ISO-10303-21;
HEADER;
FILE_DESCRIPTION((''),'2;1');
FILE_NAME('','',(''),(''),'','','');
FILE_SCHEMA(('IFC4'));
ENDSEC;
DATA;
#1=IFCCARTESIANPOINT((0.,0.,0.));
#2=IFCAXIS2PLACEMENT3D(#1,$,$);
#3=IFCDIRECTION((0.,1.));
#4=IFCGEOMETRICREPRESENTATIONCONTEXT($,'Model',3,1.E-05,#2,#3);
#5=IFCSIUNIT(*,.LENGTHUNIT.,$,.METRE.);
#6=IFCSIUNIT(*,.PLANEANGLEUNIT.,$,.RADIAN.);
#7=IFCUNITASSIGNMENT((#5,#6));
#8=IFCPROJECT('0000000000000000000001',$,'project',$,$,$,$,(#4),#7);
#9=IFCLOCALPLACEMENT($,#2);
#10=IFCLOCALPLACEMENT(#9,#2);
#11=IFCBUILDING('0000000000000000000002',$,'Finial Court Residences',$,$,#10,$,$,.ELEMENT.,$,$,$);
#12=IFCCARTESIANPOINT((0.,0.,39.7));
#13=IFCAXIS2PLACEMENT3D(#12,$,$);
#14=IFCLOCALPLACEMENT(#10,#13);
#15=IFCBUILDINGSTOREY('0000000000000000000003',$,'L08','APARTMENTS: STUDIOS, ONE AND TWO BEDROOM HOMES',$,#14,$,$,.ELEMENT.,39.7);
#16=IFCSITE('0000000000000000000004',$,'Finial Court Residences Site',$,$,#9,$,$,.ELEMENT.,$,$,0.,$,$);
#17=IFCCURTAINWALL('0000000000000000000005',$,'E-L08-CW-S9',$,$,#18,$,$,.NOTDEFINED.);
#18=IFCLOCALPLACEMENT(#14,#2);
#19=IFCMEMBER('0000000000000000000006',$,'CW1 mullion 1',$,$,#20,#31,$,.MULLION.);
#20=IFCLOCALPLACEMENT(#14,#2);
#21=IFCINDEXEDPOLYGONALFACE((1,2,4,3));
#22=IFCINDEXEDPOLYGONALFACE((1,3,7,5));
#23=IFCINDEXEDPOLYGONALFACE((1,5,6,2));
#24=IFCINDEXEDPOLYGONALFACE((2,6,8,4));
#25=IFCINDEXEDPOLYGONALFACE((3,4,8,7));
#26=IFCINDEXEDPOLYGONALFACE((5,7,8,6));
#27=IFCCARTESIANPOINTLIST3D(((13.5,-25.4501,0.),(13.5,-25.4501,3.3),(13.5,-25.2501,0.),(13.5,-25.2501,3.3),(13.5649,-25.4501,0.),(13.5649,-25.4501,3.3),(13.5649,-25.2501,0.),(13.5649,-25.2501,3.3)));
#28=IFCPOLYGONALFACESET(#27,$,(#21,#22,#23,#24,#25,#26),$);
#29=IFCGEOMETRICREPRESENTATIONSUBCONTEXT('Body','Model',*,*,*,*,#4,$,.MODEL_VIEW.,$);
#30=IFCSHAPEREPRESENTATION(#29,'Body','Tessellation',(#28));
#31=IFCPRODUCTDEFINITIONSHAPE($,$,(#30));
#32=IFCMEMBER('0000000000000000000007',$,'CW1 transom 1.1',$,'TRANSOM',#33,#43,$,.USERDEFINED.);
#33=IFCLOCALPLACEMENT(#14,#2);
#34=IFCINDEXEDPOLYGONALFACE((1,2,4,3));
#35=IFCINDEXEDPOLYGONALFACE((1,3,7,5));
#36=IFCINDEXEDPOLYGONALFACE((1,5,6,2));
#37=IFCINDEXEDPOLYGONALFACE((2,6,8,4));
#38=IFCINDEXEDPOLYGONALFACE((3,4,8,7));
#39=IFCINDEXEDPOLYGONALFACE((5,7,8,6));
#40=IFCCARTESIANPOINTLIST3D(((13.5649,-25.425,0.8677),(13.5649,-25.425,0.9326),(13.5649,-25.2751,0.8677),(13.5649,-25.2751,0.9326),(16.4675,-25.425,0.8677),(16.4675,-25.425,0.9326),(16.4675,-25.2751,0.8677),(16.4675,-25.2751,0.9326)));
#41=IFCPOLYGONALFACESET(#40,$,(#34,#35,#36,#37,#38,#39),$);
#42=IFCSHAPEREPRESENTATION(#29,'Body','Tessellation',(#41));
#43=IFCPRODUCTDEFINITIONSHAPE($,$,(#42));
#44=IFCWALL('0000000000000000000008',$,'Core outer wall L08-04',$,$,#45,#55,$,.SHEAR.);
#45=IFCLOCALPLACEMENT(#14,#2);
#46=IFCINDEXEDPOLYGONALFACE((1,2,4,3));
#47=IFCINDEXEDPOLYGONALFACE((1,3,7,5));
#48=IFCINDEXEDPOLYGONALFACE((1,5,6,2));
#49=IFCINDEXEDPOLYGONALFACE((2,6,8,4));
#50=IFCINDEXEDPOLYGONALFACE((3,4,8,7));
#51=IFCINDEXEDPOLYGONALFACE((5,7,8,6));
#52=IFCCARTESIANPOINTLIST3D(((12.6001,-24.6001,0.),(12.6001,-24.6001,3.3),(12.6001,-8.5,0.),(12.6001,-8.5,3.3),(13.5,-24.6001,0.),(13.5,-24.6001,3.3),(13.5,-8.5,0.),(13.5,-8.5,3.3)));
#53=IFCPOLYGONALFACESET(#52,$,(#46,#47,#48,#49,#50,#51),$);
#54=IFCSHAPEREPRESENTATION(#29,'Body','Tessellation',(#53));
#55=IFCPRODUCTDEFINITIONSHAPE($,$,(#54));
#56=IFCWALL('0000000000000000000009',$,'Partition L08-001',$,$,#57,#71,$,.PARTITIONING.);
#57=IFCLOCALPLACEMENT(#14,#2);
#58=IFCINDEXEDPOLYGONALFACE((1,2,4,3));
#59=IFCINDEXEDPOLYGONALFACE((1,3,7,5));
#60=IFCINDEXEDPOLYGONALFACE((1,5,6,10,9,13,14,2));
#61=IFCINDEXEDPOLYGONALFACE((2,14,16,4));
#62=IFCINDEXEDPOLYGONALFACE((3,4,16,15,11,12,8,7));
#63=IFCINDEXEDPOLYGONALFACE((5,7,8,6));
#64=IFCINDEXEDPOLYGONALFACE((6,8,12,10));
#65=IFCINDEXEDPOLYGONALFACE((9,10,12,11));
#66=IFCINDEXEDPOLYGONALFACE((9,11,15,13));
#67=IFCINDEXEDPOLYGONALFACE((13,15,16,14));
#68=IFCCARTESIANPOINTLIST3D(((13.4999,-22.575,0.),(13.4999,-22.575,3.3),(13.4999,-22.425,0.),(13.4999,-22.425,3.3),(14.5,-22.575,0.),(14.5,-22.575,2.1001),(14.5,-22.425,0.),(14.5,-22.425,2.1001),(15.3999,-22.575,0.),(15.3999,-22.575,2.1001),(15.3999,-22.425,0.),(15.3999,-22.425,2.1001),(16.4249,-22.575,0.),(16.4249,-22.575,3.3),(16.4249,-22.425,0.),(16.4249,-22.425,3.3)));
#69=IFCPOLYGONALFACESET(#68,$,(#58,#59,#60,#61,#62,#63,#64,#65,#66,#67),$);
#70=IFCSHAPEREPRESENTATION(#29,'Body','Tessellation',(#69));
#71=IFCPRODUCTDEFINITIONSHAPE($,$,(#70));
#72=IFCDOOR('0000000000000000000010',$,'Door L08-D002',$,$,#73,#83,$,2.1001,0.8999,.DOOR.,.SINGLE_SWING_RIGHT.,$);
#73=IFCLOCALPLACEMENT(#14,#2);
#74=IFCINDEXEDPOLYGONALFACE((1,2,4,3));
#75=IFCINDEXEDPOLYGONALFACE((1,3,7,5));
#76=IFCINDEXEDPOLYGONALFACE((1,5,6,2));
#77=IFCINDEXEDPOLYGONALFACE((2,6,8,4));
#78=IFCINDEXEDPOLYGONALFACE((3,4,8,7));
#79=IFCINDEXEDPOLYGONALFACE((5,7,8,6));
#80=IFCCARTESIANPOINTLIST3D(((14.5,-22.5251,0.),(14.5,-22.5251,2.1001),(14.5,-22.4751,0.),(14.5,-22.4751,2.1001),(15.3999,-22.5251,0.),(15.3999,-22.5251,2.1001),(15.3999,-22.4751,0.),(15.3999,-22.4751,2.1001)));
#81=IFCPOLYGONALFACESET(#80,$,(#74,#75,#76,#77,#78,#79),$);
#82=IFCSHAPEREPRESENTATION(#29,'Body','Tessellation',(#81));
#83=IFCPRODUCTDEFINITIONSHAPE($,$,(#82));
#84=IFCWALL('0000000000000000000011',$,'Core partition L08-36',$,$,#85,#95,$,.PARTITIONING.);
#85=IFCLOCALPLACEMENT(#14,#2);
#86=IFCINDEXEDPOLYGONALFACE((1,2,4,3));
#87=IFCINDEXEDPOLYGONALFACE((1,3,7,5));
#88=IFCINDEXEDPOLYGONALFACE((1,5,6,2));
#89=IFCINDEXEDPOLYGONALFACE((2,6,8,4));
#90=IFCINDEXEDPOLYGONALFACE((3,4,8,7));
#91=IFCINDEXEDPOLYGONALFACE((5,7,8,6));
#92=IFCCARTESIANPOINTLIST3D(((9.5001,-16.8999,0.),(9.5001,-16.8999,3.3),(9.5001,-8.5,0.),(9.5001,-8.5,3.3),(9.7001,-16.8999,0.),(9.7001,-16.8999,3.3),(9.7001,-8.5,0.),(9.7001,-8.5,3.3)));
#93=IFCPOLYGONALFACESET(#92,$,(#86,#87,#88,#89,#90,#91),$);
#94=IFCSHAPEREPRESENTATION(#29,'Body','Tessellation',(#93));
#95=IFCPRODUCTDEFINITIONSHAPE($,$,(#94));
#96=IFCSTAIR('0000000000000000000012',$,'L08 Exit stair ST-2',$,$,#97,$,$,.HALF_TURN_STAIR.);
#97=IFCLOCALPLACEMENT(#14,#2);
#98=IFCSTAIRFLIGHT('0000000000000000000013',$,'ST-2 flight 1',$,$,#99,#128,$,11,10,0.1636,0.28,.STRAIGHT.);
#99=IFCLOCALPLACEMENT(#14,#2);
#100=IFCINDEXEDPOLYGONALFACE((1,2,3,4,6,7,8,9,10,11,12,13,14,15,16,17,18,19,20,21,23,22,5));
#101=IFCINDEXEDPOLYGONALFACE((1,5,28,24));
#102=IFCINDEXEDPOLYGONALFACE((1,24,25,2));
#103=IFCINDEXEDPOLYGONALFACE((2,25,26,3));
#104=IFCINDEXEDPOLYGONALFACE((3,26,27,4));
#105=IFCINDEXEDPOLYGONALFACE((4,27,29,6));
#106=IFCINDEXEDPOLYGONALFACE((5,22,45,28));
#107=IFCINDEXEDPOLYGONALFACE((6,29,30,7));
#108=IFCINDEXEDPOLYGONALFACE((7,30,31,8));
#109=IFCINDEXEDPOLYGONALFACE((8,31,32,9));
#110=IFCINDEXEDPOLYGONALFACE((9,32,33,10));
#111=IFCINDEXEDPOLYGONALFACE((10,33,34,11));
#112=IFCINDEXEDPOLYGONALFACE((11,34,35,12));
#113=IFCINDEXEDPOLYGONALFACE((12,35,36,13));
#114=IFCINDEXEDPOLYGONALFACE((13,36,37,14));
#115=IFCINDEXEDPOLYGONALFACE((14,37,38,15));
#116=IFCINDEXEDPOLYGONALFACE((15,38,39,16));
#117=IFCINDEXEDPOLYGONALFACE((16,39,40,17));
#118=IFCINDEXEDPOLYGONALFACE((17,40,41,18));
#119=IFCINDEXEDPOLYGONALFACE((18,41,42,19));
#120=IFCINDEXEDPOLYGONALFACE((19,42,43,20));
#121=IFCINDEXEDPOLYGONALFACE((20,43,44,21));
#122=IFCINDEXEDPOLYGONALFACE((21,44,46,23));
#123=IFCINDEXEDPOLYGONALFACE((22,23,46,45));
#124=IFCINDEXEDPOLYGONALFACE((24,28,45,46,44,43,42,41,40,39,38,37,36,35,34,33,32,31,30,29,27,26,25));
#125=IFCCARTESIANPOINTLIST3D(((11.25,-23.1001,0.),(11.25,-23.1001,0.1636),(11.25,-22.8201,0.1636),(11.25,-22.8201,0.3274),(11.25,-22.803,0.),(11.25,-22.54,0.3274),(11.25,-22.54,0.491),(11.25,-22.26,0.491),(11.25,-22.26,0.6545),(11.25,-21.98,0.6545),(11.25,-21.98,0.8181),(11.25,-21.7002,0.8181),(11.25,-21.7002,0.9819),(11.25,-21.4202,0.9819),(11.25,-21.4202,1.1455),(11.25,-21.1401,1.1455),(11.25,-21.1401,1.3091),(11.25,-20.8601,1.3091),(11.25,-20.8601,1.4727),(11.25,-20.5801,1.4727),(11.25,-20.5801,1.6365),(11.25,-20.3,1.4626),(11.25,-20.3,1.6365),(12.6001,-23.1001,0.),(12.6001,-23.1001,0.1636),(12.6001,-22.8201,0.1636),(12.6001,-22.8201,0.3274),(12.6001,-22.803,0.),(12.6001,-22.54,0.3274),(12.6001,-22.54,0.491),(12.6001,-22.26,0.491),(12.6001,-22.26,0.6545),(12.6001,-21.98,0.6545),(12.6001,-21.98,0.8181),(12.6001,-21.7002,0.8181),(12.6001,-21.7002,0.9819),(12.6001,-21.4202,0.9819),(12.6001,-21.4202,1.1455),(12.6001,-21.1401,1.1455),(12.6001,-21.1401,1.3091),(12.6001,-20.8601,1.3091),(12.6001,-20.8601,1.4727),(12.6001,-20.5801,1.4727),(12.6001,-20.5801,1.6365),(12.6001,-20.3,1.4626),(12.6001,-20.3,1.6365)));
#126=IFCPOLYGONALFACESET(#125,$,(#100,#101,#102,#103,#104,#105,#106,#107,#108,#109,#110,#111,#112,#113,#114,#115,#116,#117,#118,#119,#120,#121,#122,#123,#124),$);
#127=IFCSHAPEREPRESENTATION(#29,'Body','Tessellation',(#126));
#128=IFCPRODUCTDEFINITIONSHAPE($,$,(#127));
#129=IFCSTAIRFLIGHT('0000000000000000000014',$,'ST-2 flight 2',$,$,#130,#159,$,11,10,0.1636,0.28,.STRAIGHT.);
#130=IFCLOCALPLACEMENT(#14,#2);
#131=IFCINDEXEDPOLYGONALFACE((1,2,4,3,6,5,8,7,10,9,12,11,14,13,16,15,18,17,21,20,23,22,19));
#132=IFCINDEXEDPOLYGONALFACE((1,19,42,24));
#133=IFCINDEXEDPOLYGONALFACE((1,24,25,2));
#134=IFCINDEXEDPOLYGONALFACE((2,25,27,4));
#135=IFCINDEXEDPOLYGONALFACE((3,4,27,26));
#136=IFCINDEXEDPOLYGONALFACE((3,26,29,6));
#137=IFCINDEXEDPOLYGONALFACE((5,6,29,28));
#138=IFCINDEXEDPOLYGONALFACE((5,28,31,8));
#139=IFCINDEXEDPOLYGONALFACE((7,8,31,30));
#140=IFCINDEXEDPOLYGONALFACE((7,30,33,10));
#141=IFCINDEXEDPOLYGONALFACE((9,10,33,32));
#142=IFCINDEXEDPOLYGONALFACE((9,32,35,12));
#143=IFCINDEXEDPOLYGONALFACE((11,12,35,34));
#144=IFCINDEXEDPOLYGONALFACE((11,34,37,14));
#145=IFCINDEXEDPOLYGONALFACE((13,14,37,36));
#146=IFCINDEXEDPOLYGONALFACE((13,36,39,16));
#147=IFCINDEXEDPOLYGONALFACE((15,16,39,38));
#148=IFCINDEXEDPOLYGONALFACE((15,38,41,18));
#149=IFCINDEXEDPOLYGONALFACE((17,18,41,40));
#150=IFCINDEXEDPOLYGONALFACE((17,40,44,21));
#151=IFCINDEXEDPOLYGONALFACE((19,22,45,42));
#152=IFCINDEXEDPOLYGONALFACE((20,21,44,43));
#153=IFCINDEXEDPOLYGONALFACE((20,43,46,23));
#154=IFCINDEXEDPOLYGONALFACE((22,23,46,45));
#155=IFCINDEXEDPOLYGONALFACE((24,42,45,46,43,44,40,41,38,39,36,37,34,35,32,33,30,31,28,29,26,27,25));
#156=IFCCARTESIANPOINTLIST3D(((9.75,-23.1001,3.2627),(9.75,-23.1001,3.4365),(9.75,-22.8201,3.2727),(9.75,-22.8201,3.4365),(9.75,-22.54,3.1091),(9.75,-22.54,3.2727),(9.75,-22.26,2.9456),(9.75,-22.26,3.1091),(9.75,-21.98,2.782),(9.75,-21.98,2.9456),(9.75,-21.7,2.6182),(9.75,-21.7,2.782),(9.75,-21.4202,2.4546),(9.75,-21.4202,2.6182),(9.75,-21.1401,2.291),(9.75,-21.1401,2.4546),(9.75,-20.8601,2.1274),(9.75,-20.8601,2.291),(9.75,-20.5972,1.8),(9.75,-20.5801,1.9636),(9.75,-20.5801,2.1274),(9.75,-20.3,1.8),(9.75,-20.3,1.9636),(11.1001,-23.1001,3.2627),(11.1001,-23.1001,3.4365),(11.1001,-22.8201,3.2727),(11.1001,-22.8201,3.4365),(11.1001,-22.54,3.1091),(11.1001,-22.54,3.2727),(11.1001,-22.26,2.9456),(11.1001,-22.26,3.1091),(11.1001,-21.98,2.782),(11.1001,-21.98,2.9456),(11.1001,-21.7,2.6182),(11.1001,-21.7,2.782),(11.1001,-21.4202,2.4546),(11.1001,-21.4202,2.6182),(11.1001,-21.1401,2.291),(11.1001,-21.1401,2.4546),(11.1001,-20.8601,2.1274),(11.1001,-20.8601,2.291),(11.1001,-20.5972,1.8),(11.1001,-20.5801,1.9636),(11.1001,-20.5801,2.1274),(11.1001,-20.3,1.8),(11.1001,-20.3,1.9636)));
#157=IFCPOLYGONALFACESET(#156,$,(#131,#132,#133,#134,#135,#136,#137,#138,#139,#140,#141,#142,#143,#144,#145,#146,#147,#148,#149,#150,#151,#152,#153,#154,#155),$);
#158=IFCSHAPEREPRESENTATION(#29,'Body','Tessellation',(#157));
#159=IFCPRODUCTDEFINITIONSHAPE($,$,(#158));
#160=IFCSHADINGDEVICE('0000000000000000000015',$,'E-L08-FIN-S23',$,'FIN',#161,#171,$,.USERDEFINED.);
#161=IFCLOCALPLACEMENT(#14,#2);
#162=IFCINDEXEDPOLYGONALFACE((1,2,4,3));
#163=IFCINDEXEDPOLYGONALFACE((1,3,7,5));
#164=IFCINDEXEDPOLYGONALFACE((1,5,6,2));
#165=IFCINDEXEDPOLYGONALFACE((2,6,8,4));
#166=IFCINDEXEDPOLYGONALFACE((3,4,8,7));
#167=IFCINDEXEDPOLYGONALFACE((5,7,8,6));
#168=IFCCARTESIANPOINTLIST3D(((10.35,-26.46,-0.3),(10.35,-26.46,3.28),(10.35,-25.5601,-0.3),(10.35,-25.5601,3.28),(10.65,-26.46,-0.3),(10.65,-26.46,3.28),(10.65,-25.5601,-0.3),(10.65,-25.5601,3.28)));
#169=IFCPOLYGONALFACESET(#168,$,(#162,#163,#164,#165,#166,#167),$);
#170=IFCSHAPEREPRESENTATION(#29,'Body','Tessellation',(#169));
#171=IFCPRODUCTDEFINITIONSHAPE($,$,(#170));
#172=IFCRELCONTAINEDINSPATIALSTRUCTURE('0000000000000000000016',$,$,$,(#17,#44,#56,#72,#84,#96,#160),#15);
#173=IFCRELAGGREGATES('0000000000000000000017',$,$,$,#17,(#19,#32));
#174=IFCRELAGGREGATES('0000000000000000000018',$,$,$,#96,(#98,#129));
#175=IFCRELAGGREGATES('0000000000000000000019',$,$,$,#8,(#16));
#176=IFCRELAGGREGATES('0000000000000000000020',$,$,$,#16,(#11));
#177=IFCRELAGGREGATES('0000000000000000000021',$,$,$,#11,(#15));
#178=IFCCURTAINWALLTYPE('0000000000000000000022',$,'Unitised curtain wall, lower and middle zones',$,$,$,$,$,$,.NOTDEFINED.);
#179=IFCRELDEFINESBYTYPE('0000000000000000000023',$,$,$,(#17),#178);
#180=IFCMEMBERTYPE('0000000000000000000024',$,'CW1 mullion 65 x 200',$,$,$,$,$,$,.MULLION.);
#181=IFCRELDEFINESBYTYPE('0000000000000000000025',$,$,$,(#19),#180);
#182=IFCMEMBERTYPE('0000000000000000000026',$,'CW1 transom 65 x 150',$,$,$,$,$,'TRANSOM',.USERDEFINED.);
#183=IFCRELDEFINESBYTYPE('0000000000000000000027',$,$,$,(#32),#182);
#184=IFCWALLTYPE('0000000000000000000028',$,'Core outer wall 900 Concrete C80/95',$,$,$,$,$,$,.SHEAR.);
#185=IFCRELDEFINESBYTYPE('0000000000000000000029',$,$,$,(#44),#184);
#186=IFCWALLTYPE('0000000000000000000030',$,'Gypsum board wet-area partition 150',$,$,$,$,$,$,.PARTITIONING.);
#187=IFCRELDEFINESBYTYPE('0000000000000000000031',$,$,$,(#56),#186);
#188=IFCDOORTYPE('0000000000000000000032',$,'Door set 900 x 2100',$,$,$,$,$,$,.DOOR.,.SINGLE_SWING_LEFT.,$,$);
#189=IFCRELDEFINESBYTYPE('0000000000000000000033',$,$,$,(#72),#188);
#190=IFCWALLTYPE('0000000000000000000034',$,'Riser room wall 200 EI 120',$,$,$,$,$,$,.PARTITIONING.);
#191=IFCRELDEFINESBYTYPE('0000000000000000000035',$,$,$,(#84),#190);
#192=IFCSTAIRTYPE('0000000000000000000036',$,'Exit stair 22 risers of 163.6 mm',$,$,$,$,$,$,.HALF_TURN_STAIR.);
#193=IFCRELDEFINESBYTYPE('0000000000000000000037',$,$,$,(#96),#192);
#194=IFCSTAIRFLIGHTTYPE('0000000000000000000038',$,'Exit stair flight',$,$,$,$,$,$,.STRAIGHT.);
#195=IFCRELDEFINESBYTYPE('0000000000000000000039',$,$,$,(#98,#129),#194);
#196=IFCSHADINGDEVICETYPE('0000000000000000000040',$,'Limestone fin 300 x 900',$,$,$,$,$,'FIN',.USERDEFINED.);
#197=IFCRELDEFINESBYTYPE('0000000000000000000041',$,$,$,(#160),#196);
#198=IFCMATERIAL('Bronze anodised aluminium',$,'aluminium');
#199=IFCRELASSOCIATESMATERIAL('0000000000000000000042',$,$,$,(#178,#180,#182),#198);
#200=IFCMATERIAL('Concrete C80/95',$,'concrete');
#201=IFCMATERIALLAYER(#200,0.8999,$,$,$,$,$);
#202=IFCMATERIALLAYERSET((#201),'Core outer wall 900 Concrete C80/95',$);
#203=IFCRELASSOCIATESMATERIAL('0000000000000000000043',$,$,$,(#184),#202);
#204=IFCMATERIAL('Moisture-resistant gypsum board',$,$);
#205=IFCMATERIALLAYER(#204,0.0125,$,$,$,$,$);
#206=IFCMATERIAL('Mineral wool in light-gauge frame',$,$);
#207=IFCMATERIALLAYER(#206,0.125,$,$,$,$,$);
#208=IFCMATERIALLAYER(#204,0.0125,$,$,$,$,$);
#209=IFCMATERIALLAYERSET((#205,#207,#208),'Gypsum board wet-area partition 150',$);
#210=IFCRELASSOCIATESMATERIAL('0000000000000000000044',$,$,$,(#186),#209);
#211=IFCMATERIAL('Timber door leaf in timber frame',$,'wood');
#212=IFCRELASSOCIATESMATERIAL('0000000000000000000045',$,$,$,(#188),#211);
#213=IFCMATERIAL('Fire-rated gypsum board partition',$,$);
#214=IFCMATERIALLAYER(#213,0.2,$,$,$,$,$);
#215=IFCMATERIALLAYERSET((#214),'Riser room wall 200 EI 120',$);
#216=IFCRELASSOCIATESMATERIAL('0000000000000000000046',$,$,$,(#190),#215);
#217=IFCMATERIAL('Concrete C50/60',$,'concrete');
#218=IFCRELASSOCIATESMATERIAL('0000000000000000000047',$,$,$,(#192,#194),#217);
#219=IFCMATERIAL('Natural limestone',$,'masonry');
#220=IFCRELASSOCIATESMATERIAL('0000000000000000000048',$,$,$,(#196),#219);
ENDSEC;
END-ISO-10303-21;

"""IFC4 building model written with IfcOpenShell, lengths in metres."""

from ifc_helpers import new_model, si_unit, direction, frame, frame_2d, origin, origin_2d, place, context, subcontext, project, spatial, polyline, rectangle, outline, extrude, material, layer, layer_set, material_profile, profile_set, type_object, element, fill, aggregate, save


model = new_model("IFC4")

# Units and contexts
model_context = context("Model", 3, precision=1e-05, world=origin(), true_north=direction((0.0, 1.0)))
body_context = subcontext(model_context, "Body", "Model", "MODEL_VIEW")
ifc_project = project(units=[si_unit("LENGTHUNIT", "METRE"), si_unit("PLANEANGLEUNIT", "RADIAN")], contexts=[model_context])

# Site, building, storey
site_placement = place(None, origin())
site = spatial("IfcSite", under=ifc_project, at=site_placement, Name="Finial Court Residences Site", CompositionType="ELEMENT", RefElevation=0.0)
building_placement = place(site_placement, origin())
building = spatial("IfcBuilding", under=site, at=building_placement, Name="Finial Court Residences", CompositionType="ELEMENT")
storey_placement = place(building_placement, frame((0.0, 0.0, 39.7)))
storey = spatial("IfcBuildingStorey", under=building, at=storey_placement, Name="L08", Description="APARTMENTS: STUDIOS, ONE AND TWO BEDROOM HOMES", CompositionType="ELEMENT", Elevation=39.7)

# Curtain wall, members
ifc_material_1 = material(Name="Bronze anodised aluminium", Category="aluminium")
curtain_wall_type = type_object("IfcCurtainWallType", Name="Unitised curtain wall, lower and middle zones", PredefinedType="NOTDEFINED", material=ifc_material_1)
curtain_wall_placement = place(storey_placement, origin())
curtain_wall = element("IfcCurtainWall", 1, at=curtain_wall_placement, inside=storey, type_object=curtain_wall_type, Name="E-L08-CW-S9", PredefinedType="NOTDEFINED")
ifc_material_profile_1 = material_profile(ifc_material_1, rectangle(XDim=0.2, YDim=0.0649, at=origin_2d()), Name="CW1 mullion 65 x 200")
ifc_profile_set_1 = profile_set([ifc_material_profile_1], Name="Bronze anodised aluminium")
member_type_1 = type_object("IfcMemberType", Name="CW1 mullion 65 x 200", PredefinedType="MULLION", material=ifc_profile_set_1)
member_1_placement = place(storey_placement, frame((13.5325, -25.3501, 0.0), z_axis=(0.0, 0.0, 1.0), x_axis=(0.0, 1.0, 0.0)))
member_1 = element("IfcMember", 2, at=member_1_placement, type_object=member_type_1, Name="CW1 mullion 1", PredefinedType="MULLION", context=body_context, shape_type="SweptSolid", body=[
    extrude(rectangle(XDim=0.2, YDim=0.0649, at=origin_2d()), origin(), (0.0, 0.0, 1.0), 3.3),
])
ifc_material_profile_2 = material_profile(ifc_material_1, rectangle(XDim=0.1499, YDim=0.0649, at=origin_2d()), Name="CW1 transom 65 x 150")
ifc_profile_set_2 = profile_set([ifc_material_profile_2], Name="Bronze anodised aluminium")
member_type_2 = type_object("IfcMemberType", Name="CW1 transom 65 x 150", ElementType="TRANSOM", PredefinedType="USERDEFINED", material=ifc_profile_set_2)
member_2_placement = place(storey_placement, frame((13.5649, -25.3501, 0.9001), z_axis=(1.0, 0.0, 0.0), x_axis=(0.0, 1.0, 0.0)))
member_2 = element("IfcMember", 3, at=member_2_placement, type_object=member_type_2, Name="CW1 transom 1.1", ObjectType="TRANSOM", PredefinedType="USERDEFINED", context=body_context, shape_type="SweptSolid", body=[
    extrude(rectangle(XDim=0.1499, YDim=0.0649, at=origin_2d()), origin(), (0.0, 0.0, 1.0), 2.9026),
])
aggregate(curtain_wall, [member_1, member_2])

# Wall
ifc_material_2 = material(Name="Concrete C80/95", Category="concrete")
ifc_layer_1 = layer(ifc_material_2, 0.8999)
ifc_layer_set_1 = layer_set([ifc_layer_1], Name="Core outer wall 900 Concrete C80/95")
wall_type_1 = type_object("IfcWallType", Name="Core outer wall 900 Concrete C80/95", PredefinedType="SHEAR", material=ifc_layer_set_1)
wall_1_placement = place(storey_placement, frame((13.05, -24.6001, 0.0), z_axis=(0.0, 0.0, 1.0), x_axis=(0.0, 1.0, 0.0)))
element("IfcWall", 4, at=wall_1_placement, inside=storey, type_object=wall_type_1, Name="Core outer wall L08-04", PredefinedType="SHEAR", context=body_context, shape_type="SweptSolid", body=[
    extrude(rectangle(XDim=16.1001, YDim=0.8999, at=frame_2d((8.05, 0.0))), origin(), (0.0, 0.0, 1.0), 3.3),
])

# Wall, opening, door
ifc_material_3 = material(Name="Moisture-resistant gypsum board")
ifc_layer_2 = layer(ifc_material_3, 0.0125)
ifc_material_4 = material(Name="Mineral wool in light-gauge frame")
ifc_layer_3 = layer(ifc_material_4, 0.125)
ifc_layer_4 = layer(ifc_material_3, 0.0125)
ifc_layer_set_2 = layer_set([ifc_layer_2, ifc_layer_3, ifc_layer_4], Name="Gypsum board wet-area partition 150")
wall_type_2 = type_object("IfcWallType", Name="Gypsum board wet-area partition 150", PredefinedType="PARTITIONING", material=ifc_layer_set_2)
wall_2_placement = place(storey_placement, frame((13.5, -22.5, 0.0), z_axis=(0.0, 0.0, 1.0), x_axis=(1.0, 0.0, 0.0)))
wall_2 = element("IfcWall", 5, at=wall_2_placement, inside=storey, type_object=wall_type_2, Name="Partition L08-001", PredefinedType="PARTITIONING", context=body_context, shape_type="SweptSolid", body=[
    extrude(rectangle(XDim=2.925, YDim=0.1499, at=frame_2d((1.4624, 0.0))), origin(), (0.0, 0.0, 1.0), 3.3),
])
opening_placement = place(wall_2_placement, frame((1.0, 0.0, 0.0)))
opening = element("IfcOpeningElement", 6, at=opening_placement, cuts=wall_2, PredefinedType="OPENING", context=body_context, shape_type="SweptSolid", body=[
    extrude(rectangle(XDim=0.8999, YDim=2.1001, at=frame_2d((0.45, 1.05))), frame((0.0, 0.085, 0.0), z_axis=(0.0, -1.0, 0.0), x_axis=(1.0, 0.0, 0.0)), (0.0, 0.0, 1.0), 0.1699),
])
ifc_material_5 = material(Name="Timber door leaf in timber frame", Category="wood")
door_type = type_object("IfcDoorType", Name="Door set 900 x 2100", OperationType="SINGLE_SWING_LEFT", PredefinedType="DOOR", material=ifc_material_5)
door_placement = place(opening_placement, origin())
door = element("IfcDoor", 7, at=door_placement, inside=storey, type_object=door_type, Name="Door L08-D002", OperationType="SINGLE_SWING_RIGHT", OverallHeight=2.1001, OverallWidth=0.8999, PredefinedType="DOOR", context=body_context, shape_type="SweptSolid", body=[
    extrude(rectangle(XDim=0.8999, YDim=2.1001, at=frame_2d((0.45, 1.05))), frame((0.0, 0.0249, 0.0), z_axis=(0.0, -1.0, 0.0), x_axis=(1.0, 0.0, 0.0)), (0.0, 0.0, 1.0), 0.05),
])
fill(opening, door)

# Wall
ifc_material_6 = material(Name="Fire-rated gypsum board partition")
ifc_layer_5 = layer(ifc_material_6, 0.2)
ifc_layer_set_3 = layer_set([ifc_layer_5], Name="Riser room wall 200 EI 120")
wall_type_3 = type_object("IfcWallType", Name="Riser room wall 200 EI 120", PredefinedType="PARTITIONING", material=ifc_layer_set_3)
wall_3_placement = place(storey_placement, frame((9.6001, -16.8999, 0.0), z_axis=(0.0, 0.0, 1.0), x_axis=(0.0, 1.0, 0.0)))
element("IfcWall", 8, at=wall_3_placement, inside=storey, type_object=wall_type_3, Name="Core partition L08-36", PredefinedType="PARTITIONING", context=body_context, shape_type="SweptSolid", body=[
    extrude(rectangle(XDim=8.3999, YDim=0.2, at=frame_2d((4.2, 0.0))), origin(), (0.0, 0.0, 1.0), 3.3),
])

# Stair, stair flights
ifc_material_7 = material(Name="Concrete C50/60", Category="concrete")
stair_type = type_object("IfcStairType", Name="Exit stair 22 risers of 163.6 mm", PredefinedType="HALF_TURN_STAIR", material=ifc_material_7)
stair_placement = place(storey_placement, origin())
stair = element("IfcStair", 9, at=stair_placement, inside=storey, type_object=stair_type, Name="L08 Exit stair ST-2", PredefinedType="HALF_TURN_STAIR")
stair_flight_type = type_object("IfcStairFlightType", Name="Exit stair flight", PredefinedType="STRAIGHT", material=ifc_material_7)
stair_flight_1_placement = place(storey_placement, frame((11.925, -23.1001, 0.0), z_axis=(0.0, 0.0, 1.0), x_axis=(0.0, 1.0, 0.0)))
stair_flight_1 = element("IfcStairFlight", 10, at=stair_flight_1_placement, type_object=stair_flight_type, Name="ST-2 flight 1", NumberOfRisers=11, NumberOfTreads=10, PredefinedType="STRAIGHT", RiserHeight=0.1636, TreadLength=0.28, context=body_context, shape_type="SweptSolid", body=[
    extrude(outline(polyline([(0.0, 0.0), (0.0, 0.1636), (0.28, 0.1636), (0.28, 0.3274), (0.5601, 0.3274), (0.5601, 0.491), (0.8401, 0.491), (0.8401, 0.6545), (1.1201, 0.6545), (1.1201, 0.8181), (1.3999, 0.8181), (1.3999, 0.9819), (1.6799, 0.9819), (1.6799, 1.1455), (1.96, 1.1455), (1.96, 1.3091), (2.24, 1.3091), (2.24, 1.4727), (2.52, 1.4727), (2.52, 1.6365), (2.8, 1.6365), (2.8, 1.8), (2.8, 1.4626), (0.2971, 0.0), (0.0, 0.0)])), frame((0.0, 0.675, 0.0), z_axis=(0.0, -1.0, 0.0), x_axis=(1.0, 0.0, 0.0)), (0.0, 0.0, 1.0), 1.3501),
])
stair_flight_2_placement = place(storey_placement, frame((10.425, -20.3, 1.8), z_axis=(0.0, 0.0, 1.0), x_axis=(0.0, -1.0, 0.0)))
stair_flight_2 = element("IfcStairFlight", 11, at=stair_flight_2_placement, type_object=stair_flight_type, Name="ST-2 flight 2", NumberOfRisers=11, NumberOfTreads=10, PredefinedType="STRAIGHT", RiserHeight=0.1636, TreadLength=0.28, context=body_context, shape_type="SweptSolid", body=[
    extrude(outline(polyline([(0.0, 0.0), (0.0, 0.1636), (0.28, 0.1636), (0.28, 0.3274), (0.5601, 0.3274), (0.5601, 0.491), (0.8401, 0.491), (0.8401, 0.6545), (1.1201, 0.6545), (1.1201, 0.8181), (1.3999, 0.8181), (1.3999, 0.9819), (1.6799, 0.9819), (1.6799, 1.1455), (1.96, 1.1455), (1.96, 1.3091), (2.24, 1.3091), (2.24, 1.4727), (2.52, 1.4727), (2.52, 1.6365), (2.8, 1.6365), (2.8, 1.8), (2.8, 1.4626), (0.2971, 0.0), (0.0, 0.0)])), frame((0.0, 0.675, 0.0), z_axis=(0.0, -1.0, 0.0), x_axis=(1.0, 0.0, 0.0)), (0.0, 0.0, 1.0), 1.3501),
])
aggregate(stair, [stair_flight_1, stair_flight_2])

# Shading device
ifc_material_8 = material(Name="Natural limestone", Category="masonry")
shading_device_type = type_object("IfcShadingDeviceType", Name="Limestone fin 300 x 900", ElementType="FIN", PredefinedType="USERDEFINED", material=ifc_material_8)
for number, where, z_axis, x_axis, name in (
    (12, (10.5, -26.01, -0.3), (0.0, 0.0, 1.0), (1.0, 0.0, 0.0), "E-L08-FIN-S23"),
):
    element("IfcShadingDevice", number, at=place(storey_placement, frame(where, z_axis=z_axis, x_axis=x_axis)), inside=storey, type_object=shading_device_type, Name=name, ObjectType="FIN", PredefinedType="USERDEFINED", context=body_context, shape_type="SweptSolid", body=[
        extrude(rectangle(XDim=0.3, YDim=0.8999, at=origin_2d()), origin(), (0.0, 0.0, 1.0), 3.5801),
    ])

save(model, "model.ifc")
